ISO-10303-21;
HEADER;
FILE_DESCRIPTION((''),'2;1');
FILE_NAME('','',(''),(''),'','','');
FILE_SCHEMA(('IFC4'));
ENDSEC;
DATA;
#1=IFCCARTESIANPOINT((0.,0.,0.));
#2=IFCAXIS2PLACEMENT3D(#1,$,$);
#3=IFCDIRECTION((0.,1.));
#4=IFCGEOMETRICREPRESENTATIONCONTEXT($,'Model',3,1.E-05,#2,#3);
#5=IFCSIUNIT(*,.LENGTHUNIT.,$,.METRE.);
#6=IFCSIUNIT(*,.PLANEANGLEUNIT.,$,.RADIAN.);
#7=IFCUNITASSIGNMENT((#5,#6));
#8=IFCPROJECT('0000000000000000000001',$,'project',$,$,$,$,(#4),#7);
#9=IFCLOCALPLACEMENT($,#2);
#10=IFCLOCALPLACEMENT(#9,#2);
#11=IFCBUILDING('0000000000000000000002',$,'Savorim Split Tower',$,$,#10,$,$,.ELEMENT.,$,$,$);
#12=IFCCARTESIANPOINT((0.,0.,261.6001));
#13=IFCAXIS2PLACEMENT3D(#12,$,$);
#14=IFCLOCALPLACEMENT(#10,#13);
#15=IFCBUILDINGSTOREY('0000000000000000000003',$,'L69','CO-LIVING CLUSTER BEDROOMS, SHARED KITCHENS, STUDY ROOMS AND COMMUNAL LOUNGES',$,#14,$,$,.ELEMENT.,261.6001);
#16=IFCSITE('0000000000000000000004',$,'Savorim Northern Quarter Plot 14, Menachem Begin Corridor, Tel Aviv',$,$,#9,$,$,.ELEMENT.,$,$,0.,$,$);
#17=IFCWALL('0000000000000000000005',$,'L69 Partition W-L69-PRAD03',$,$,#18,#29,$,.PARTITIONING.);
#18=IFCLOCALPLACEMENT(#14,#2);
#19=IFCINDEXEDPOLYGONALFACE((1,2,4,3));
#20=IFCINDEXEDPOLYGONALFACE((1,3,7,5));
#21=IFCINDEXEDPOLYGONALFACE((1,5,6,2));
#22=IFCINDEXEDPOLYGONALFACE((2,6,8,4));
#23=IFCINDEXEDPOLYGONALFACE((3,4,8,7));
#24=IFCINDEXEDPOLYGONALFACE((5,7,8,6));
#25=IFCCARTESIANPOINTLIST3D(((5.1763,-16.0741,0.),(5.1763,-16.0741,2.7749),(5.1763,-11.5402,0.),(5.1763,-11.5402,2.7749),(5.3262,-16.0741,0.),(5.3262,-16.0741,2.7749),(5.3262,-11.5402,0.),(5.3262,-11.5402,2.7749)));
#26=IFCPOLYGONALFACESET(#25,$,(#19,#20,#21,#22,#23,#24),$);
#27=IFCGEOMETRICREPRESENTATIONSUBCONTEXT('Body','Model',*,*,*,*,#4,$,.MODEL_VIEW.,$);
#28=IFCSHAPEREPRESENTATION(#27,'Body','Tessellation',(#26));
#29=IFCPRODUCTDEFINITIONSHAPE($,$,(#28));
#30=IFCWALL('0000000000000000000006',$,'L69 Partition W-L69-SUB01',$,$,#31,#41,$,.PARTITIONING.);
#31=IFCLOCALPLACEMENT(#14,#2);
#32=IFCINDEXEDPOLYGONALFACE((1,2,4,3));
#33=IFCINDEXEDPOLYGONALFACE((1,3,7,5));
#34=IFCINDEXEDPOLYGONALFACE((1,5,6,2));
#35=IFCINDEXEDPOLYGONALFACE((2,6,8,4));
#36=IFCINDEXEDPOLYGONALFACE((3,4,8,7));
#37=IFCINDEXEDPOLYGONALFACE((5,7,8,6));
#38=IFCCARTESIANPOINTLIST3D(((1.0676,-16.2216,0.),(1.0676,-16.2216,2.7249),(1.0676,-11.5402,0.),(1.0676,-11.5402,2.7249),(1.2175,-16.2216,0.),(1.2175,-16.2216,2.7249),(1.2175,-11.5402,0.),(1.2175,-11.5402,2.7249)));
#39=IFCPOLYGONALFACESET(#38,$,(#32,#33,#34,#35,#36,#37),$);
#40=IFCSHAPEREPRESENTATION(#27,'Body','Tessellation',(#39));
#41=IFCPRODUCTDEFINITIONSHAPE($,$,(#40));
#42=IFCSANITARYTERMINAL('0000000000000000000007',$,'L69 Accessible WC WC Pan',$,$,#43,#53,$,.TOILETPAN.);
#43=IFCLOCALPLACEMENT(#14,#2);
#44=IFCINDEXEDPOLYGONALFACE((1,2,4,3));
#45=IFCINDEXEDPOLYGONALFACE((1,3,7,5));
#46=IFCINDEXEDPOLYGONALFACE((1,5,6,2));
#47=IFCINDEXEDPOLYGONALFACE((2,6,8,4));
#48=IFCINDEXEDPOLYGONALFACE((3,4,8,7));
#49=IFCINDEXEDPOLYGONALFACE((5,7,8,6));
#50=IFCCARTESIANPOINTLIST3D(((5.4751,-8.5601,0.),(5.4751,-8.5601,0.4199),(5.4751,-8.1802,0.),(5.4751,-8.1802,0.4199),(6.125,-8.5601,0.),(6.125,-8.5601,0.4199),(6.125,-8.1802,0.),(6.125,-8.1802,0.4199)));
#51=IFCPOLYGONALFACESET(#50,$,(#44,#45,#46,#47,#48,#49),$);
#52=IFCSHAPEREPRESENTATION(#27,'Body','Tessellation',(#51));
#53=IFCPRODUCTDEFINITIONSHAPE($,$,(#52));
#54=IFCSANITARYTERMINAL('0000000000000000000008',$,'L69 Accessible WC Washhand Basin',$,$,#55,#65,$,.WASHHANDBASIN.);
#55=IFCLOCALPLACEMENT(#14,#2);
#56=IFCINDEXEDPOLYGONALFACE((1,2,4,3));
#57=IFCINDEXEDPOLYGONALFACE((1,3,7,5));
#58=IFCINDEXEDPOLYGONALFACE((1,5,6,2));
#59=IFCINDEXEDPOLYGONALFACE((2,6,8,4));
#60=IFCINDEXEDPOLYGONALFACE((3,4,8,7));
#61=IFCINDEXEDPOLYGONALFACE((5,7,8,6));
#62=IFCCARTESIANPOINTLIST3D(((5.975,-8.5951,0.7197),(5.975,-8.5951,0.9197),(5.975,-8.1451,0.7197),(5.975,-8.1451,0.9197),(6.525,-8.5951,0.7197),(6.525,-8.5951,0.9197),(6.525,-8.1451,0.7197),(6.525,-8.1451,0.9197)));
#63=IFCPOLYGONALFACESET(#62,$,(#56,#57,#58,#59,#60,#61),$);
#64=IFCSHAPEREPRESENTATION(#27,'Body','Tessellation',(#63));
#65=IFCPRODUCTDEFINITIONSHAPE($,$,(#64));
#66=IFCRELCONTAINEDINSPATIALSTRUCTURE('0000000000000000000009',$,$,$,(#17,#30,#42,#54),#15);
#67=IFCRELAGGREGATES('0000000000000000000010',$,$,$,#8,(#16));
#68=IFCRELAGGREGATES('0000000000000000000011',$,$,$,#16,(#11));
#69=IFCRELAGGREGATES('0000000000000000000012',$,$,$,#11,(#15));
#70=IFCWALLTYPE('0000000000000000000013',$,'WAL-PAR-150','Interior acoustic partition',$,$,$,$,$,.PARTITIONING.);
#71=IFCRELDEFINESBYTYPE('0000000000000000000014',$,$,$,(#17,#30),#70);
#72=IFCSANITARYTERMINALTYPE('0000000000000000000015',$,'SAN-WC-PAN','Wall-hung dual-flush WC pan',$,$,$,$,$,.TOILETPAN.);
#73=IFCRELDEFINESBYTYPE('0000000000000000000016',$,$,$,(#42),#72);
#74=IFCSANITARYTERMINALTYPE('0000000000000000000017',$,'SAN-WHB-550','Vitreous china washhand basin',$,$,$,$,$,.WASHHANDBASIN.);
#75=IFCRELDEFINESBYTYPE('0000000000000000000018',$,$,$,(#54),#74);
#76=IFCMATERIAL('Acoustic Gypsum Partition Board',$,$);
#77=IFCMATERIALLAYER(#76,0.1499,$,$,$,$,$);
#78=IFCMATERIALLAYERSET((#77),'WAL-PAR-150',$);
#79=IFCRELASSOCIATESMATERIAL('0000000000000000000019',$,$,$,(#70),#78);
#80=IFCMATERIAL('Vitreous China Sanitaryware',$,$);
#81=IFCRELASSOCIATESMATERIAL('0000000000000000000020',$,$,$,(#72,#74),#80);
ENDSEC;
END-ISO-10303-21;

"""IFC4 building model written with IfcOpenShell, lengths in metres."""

from ifc_helpers import new_model, si_unit, direction, frame, frame_2d, origin, origin_2d, place, context, subcontext, project, spatial, rectangle, extrude, material, layer, layer_set, type_object, element, save


model = new_model("IFC4")

# Units and contexts
model_context = context("Model", 3, precision=1e-05, world=origin(), true_north=direction((0.0, 1.0)))
body_context = subcontext(model_context, "Body", "Model", "MODEL_VIEW")
ifc_project = project(units=[si_unit("LENGTHUNIT", "METRE"), si_unit("PLANEANGLEUNIT", "RADIAN")], contexts=[model_context])

# Site, building, storey
site_placement = place(None, origin())
site = spatial("IfcSite", under=ifc_project, at=site_placement, Name="Savorim Northern Quarter Plot 14, Menachem Begin Corridor, Tel Aviv", CompositionType="ELEMENT", RefElevation=0.0)
building_placement = place(site_placement, origin())
building = spatial("IfcBuilding", under=site, at=building_placement, Name="Savorim Split Tower", CompositionType="ELEMENT")
storey_placement = place(building_placement, frame((0.0, 0.0, 261.6001)))
storey = spatial("IfcBuildingStorey", under=building, at=storey_placement, Name="L69", Description="CO-LIVING CLUSTER BEDROOMS, SHARED KITCHENS, STUDY ROOMS AND COMMUNAL LOUNGES", CompositionType="ELEMENT", Elevation=261.6001)

# Shared definitions
ifc_material_1 = material(Name="Acoustic Gypsum Partition Board")
ifc_layer_1 = layer(ifc_material_1, 0.1499)
ifc_layer_set_1 = layer_set([ifc_layer_1], Name="WAL-PAR-150")
wall_type_1 = type_object("IfcWallType", Name="WAL-PAR-150", Description="Interior acoustic partition", PredefinedType="PARTITIONING", material=ifc_layer_set_1)

# Walls
wall_1_placement = place(storey_placement, frame((5.2512, -11.54, 0.0), z_axis=(0.0, 0.0, 1.0), x_axis=(0.0, -1.0, 0.0)))
element("IfcWall", 1, at=wall_1_placement, inside=storey, type_object=wall_type_1, Name="L69 Partition W-L69-PRAD03", PredefinedType="PARTITIONING", context=body_context, shape_type="SweptSolid", body=[
    extrude(rectangle(XDim=4.5339, YDim=0.1499, at=frame_2d((2.2671, 0.0))), origin(), (0.0, 0.0, 1.0), 2.7749),
])
wall_2_placement = place(storey_placement, frame((1.1426, -11.54, 0.0), z_axis=(0.0, 0.0, 1.0), x_axis=(0.0, -1.0, 0.0)))
element("IfcWall", 2, at=wall_2_placement, inside=storey, type_object=wall_type_1, Name="L69 Partition W-L69-SUB01", PredefinedType="PARTITIONING", context=body_context, shape_type="SweptSolid", body=[
    extrude(rectangle(XDim=4.6814, YDim=0.1499, at=frame_2d((2.3408, 0.0))), origin(), (0.0, 0.0, 1.0), 2.7249),
])

# Sanitary terminals
ifc_material_2 = material(Name="Vitreous China Sanitaryware")
sanitary_terminal_type_1 = type_object("IfcSanitaryTerminalType", Name="SAN-WC-PAN", Description="Wall-hung dual-flush WC pan", PredefinedType="TOILETPAN", material=ifc_material_2)
sanitary_terminal_1_placement = place(storey_placement, frame((5.8, -8.3701, 0.0), z_axis=(0.0, 0.0, 1.0), x_axis=(1.0, 0.0, 0.0)))
element("IfcSanitaryTerminal", 3, at=sanitary_terminal_1_placement, inside=storey, type_object=sanitary_terminal_type_1, Name="L69 Accessible WC WC Pan", PredefinedType="TOILETPAN", context=body_context, shape_type="SweptSolid", body=[
    extrude(rectangle(XDim=0.6499, YDim=0.3799, at=origin_2d()), origin(), (0.0, 0.0, 1.0), 0.4199),
])
sanitary_terminal_type_2 = type_object("IfcSanitaryTerminalType", Name="SAN-WHB-550", Description="Vitreous china washhand basin", PredefinedType="WASHHANDBASIN", material=ifc_material_2)
sanitary_terminal_2_placement = place(storey_placement, frame((6.25, -8.3701, 0.7197), z_axis=(0.0, 0.0, 1.0), x_axis=(1.0, 0.0, 0.0)))
element("IfcSanitaryTerminal", 4, at=sanitary_terminal_2_placement, inside=storey, type_object=sanitary_terminal_type_2, Name="L69 Accessible WC Washhand Basin", PredefinedType="WASHHANDBASIN", context=body_context, shape_type="SweptSolid", body=[
    extrude(rectangle(XDim=0.55, YDim=0.45, at=origin_2d()), origin(), (0.0, 0.0, 1.0), 0.2),
])

save(model, "model.ifc")
